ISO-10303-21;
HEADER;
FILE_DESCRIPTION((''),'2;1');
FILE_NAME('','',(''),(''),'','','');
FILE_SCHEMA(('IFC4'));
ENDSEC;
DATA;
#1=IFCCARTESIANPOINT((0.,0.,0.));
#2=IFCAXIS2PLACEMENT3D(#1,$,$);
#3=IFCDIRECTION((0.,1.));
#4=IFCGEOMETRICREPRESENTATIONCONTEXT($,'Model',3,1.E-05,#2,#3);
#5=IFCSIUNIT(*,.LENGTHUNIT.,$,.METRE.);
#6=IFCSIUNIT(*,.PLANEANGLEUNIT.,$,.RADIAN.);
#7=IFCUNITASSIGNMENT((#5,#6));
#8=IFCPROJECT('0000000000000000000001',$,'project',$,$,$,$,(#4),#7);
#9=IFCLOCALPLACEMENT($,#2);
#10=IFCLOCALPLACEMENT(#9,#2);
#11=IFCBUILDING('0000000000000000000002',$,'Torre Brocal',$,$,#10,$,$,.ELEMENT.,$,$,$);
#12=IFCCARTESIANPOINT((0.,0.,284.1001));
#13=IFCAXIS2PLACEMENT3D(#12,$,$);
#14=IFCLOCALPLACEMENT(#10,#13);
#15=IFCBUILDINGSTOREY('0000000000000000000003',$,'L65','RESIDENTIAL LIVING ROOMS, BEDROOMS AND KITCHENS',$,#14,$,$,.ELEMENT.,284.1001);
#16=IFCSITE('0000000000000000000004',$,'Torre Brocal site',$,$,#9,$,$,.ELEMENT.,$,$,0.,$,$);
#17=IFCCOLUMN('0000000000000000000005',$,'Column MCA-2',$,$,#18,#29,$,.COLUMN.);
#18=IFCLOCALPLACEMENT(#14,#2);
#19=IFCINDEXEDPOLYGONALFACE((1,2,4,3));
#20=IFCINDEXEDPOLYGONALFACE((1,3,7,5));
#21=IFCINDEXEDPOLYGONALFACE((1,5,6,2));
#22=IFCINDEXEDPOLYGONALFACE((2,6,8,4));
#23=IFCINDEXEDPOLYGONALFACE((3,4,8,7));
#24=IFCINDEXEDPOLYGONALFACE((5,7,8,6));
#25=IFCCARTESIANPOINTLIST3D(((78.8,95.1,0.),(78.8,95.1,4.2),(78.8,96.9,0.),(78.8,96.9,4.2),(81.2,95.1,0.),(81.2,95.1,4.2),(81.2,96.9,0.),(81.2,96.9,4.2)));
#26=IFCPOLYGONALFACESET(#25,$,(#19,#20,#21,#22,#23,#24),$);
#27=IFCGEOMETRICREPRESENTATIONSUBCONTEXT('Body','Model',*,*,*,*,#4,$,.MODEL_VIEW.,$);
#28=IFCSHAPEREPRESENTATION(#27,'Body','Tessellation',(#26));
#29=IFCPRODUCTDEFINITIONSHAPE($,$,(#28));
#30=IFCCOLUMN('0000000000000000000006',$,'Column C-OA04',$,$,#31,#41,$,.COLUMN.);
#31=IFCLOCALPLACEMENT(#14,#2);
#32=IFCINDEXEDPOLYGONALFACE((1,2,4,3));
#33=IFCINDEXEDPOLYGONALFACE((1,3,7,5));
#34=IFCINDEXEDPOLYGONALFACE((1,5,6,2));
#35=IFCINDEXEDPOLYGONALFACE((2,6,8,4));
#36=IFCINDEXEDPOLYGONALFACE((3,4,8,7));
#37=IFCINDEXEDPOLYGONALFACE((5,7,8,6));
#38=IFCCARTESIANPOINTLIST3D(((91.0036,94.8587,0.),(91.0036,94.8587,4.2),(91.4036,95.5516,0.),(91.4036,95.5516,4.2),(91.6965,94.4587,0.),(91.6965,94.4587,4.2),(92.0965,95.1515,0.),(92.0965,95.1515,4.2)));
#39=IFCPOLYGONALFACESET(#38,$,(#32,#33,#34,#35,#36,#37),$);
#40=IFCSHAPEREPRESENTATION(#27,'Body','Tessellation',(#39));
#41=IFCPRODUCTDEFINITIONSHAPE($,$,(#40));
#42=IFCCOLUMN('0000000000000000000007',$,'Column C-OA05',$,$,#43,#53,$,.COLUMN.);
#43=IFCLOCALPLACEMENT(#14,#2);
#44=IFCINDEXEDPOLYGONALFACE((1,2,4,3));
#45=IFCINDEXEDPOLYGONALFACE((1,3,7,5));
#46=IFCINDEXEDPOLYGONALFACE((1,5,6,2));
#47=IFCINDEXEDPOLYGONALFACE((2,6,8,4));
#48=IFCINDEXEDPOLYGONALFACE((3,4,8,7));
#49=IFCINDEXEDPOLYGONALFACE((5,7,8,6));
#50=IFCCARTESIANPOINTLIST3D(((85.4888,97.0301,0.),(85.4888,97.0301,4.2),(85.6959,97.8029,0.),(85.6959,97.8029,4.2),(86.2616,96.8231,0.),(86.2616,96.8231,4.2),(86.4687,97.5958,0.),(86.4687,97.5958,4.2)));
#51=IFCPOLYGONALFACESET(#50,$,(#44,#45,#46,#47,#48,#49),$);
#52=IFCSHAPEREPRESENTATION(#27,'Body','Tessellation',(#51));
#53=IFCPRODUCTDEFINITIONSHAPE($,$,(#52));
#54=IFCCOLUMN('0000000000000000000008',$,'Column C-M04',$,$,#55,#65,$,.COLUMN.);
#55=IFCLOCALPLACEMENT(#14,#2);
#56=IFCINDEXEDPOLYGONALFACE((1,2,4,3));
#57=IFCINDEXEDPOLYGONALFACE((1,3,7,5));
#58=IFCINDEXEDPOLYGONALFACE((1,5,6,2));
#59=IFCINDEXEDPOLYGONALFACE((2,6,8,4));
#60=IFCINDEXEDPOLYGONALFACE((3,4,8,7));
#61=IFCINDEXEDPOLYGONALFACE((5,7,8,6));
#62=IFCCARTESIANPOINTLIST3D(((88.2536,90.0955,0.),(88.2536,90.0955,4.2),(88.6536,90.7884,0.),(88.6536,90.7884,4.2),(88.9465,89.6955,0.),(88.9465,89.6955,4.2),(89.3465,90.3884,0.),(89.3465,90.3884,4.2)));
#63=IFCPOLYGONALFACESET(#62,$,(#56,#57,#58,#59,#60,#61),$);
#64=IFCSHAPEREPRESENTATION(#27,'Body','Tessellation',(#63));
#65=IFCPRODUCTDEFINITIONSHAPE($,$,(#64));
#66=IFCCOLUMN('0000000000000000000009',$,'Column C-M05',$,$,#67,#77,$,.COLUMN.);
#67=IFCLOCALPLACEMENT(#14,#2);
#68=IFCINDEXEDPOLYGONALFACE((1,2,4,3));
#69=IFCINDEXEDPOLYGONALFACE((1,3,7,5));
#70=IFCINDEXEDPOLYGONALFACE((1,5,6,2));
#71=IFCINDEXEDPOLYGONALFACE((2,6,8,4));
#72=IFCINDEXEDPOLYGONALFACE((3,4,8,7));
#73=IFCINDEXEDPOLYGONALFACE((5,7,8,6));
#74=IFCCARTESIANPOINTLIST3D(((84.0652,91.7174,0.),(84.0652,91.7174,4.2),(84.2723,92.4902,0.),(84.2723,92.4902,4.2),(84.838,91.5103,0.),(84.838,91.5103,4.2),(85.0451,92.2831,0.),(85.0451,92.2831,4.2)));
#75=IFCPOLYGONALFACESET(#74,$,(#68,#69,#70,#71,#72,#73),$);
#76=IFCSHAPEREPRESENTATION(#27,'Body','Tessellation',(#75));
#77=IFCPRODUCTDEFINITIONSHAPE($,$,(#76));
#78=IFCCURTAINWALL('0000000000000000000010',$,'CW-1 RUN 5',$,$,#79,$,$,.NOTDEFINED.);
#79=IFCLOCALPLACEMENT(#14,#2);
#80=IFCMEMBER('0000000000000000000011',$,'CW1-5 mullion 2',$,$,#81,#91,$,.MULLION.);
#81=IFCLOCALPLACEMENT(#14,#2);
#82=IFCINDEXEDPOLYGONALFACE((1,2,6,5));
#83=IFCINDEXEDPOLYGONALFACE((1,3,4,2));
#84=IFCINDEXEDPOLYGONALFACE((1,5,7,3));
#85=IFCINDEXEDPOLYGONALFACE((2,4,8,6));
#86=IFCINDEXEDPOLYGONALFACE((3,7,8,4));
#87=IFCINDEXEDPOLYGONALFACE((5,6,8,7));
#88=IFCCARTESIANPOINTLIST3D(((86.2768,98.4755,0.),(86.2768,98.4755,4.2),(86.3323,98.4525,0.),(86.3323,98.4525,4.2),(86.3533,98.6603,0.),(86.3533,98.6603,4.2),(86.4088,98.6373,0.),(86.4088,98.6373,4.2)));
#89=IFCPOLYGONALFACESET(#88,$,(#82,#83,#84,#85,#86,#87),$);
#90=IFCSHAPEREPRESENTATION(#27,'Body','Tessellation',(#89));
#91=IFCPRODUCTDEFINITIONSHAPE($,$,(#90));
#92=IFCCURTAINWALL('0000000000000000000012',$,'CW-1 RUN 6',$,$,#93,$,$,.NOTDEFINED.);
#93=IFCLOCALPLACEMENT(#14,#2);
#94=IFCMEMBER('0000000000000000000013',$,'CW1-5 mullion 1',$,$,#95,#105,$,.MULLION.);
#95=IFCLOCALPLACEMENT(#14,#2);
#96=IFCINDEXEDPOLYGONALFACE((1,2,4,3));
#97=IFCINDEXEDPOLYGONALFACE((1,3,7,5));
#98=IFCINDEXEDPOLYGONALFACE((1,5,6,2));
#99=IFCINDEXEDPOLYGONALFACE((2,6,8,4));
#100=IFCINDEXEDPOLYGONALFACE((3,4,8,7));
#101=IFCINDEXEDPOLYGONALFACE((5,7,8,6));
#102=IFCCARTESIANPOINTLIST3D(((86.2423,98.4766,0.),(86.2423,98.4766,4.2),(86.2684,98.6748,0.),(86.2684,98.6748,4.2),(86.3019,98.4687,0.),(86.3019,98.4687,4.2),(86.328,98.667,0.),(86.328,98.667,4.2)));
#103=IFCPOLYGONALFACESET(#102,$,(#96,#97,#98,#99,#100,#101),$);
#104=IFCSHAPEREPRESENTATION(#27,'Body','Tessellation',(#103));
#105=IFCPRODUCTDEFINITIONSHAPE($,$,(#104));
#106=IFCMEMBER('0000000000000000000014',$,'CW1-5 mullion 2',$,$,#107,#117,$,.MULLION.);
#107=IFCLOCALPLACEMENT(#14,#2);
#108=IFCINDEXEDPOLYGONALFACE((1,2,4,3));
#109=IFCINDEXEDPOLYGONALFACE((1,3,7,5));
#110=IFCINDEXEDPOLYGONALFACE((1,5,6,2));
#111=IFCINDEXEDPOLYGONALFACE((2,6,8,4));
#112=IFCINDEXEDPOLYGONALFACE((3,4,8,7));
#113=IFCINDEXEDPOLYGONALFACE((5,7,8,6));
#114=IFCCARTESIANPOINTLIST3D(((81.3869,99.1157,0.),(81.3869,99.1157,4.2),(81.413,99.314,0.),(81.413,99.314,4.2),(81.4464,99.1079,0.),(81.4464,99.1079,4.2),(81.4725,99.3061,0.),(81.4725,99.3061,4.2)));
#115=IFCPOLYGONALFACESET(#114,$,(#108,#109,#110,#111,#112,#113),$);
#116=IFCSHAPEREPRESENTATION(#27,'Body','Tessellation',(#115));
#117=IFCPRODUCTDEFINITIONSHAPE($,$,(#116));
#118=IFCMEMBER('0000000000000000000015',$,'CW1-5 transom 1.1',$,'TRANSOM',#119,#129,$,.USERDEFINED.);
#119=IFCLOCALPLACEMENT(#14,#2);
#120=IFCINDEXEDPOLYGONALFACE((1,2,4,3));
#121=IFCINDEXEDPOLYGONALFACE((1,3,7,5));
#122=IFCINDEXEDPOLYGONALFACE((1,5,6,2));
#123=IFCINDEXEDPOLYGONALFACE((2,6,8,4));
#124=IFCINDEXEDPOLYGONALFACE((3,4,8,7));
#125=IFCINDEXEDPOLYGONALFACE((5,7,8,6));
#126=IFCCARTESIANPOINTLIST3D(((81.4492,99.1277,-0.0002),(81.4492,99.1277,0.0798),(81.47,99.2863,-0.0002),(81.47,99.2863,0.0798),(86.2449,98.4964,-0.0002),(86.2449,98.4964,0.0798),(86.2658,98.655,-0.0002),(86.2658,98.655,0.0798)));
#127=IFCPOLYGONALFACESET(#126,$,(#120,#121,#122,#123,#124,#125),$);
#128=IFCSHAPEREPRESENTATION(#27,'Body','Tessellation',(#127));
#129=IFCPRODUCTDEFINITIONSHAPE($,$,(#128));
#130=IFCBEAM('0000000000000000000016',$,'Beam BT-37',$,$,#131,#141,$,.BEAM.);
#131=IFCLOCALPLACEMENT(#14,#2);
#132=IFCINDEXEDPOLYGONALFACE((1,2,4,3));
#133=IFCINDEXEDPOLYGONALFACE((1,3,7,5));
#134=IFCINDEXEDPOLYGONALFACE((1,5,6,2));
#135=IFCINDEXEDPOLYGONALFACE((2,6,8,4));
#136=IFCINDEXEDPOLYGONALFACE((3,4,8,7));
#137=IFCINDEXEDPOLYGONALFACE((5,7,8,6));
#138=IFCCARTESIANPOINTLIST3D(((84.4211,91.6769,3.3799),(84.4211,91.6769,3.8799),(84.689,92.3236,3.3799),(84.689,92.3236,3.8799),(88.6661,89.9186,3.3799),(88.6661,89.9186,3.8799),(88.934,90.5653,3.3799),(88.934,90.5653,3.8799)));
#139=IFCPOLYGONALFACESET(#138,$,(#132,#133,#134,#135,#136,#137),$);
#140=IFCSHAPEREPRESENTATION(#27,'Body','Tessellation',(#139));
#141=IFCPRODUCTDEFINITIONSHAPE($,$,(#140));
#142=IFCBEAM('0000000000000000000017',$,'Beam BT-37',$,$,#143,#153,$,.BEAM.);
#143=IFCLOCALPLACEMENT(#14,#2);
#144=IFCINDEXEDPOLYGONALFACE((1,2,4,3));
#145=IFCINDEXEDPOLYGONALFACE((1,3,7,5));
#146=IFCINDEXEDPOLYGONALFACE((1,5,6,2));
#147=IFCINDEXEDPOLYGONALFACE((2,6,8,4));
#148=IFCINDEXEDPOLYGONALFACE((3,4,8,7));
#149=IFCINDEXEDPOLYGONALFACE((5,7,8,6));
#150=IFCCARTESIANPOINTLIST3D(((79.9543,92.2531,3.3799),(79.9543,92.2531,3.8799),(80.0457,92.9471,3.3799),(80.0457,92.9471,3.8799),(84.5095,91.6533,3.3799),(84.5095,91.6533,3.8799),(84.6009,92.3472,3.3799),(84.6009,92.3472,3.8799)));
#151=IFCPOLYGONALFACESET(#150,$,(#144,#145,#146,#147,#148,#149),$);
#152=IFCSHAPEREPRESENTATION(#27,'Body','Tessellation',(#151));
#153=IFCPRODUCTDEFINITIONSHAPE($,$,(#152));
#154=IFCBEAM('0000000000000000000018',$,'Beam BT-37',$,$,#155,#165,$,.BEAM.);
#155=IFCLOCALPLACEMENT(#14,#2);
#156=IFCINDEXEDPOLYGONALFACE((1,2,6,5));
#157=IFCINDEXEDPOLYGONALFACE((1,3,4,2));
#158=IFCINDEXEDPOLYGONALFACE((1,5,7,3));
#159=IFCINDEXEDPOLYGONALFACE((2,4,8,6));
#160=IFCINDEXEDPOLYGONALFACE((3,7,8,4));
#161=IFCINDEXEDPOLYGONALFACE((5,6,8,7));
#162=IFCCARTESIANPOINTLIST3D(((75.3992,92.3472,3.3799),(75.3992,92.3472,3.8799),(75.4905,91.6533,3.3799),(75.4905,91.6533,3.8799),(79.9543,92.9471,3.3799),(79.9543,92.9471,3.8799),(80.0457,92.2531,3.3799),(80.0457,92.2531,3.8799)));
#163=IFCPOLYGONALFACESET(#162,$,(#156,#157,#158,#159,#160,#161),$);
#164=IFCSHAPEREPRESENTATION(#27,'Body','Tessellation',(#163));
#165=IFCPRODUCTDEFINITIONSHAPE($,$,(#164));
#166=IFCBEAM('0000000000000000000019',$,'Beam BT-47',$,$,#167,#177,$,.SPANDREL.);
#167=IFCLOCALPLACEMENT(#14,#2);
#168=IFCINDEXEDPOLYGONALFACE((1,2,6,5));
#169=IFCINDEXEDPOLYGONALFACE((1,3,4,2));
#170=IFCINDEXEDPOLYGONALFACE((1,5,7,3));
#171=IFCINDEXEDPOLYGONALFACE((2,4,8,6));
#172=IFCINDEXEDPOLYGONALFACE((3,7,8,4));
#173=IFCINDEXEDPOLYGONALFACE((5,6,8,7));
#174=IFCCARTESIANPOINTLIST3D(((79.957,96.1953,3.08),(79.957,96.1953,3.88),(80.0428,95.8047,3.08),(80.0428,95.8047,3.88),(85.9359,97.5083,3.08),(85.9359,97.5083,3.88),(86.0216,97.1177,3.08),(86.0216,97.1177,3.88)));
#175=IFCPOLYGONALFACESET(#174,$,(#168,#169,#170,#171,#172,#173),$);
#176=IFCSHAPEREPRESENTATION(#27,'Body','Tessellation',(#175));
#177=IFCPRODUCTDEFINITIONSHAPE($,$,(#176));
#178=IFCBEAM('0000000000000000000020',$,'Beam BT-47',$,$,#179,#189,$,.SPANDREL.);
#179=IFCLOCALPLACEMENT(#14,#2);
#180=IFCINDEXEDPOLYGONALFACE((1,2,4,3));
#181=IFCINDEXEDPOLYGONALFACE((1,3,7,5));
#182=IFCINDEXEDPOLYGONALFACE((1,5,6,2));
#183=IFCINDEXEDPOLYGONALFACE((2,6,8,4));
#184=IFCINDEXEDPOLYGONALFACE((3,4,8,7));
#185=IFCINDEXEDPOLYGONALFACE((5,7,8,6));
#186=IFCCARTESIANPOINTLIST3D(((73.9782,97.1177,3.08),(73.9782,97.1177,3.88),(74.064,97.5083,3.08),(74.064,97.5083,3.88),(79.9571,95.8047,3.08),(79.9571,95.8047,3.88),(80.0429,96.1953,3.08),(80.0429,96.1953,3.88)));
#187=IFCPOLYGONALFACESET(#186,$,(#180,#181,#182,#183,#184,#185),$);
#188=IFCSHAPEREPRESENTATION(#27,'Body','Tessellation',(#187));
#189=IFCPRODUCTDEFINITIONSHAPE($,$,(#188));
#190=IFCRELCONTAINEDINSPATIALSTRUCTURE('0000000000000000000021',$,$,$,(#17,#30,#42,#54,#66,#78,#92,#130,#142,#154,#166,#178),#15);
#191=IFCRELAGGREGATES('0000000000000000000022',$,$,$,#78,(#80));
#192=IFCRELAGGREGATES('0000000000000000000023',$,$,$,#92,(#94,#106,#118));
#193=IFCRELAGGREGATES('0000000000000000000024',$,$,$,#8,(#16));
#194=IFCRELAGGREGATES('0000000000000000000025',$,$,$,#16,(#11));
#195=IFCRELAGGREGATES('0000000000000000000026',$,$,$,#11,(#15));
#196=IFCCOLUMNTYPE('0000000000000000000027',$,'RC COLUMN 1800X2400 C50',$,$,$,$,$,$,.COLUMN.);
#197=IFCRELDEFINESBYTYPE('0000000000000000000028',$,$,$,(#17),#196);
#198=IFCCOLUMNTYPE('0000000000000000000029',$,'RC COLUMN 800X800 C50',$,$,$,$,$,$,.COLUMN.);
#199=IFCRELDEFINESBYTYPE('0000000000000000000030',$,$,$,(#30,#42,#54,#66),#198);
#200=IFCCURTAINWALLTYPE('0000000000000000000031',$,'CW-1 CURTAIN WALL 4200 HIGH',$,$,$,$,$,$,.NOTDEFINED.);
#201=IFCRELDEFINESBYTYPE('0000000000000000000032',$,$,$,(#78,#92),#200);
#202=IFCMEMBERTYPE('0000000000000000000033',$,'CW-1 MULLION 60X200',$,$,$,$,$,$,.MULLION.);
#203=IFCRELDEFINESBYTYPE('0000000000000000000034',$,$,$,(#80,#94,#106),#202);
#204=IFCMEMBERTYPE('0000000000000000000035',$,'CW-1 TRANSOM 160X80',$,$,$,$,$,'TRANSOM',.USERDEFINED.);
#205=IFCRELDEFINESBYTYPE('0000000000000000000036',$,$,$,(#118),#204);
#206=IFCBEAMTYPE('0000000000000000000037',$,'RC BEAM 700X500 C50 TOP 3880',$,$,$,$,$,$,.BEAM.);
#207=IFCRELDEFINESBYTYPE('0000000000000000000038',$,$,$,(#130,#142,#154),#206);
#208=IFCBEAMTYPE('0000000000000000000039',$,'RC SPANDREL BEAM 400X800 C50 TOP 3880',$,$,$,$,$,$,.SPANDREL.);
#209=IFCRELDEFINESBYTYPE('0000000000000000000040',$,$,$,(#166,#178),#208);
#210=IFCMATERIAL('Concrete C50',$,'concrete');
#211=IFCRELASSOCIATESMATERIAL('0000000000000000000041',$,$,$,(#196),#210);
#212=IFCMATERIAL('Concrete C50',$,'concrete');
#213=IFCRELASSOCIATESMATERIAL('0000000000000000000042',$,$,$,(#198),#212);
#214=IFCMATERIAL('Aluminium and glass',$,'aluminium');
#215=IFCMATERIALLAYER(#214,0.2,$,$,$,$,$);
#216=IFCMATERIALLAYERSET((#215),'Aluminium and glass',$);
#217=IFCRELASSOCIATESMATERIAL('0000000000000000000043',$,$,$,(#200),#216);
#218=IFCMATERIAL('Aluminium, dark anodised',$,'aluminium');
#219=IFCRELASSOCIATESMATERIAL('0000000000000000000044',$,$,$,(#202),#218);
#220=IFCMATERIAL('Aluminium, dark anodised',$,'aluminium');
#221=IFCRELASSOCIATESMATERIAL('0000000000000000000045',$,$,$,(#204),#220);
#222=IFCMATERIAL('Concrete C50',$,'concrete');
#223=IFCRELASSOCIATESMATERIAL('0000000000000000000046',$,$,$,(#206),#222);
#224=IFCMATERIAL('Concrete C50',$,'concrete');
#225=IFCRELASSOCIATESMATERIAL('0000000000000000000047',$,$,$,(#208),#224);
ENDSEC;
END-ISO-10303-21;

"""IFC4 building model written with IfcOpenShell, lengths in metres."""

from ifc_helpers import new_model, si_unit, direction, frame, origin, origin_2d, place, context, subcontext, project, spatial, rectangle, extrude, material, layer, layer_set, material_profile, profile_set, type_object, element, aggregate, save


model = new_model("IFC4")

# Units and contexts
model_context = context("Model", 3, precision=1e-05, world=origin(), true_north=direction((0.0, 1.0)))
body_context = subcontext(model_context, "Body", "Model", "MODEL_VIEW")
ifc_project = project(units=[si_unit("LENGTHUNIT", "METRE"), si_unit("PLANEANGLEUNIT", "RADIAN")], contexts=[model_context])

# Site, building, storey
site_placement = place(None, origin())
site = spatial("IfcSite", under=ifc_project, at=site_placement, Name="Torre Brocal site", CompositionType="ELEMENT", RefElevation=0.0)
building_placement = place(site_placement, origin())
building = spatial("IfcBuilding", under=site, at=building_placement, Name="Torre Brocal", CompositionType="ELEMENT")
storey_placement = place(building_placement, frame((0.0, 0.0, 284.1001)))
storey = spatial("IfcBuildingStorey", under=building, at=storey_placement, Name="L65", Description="RESIDENTIAL LIVING ROOMS, BEDROOMS AND KITCHENS", CompositionType="ELEMENT", Elevation=284.1001)

# Columns
ifc_material_1 = material(Name="Concrete C50", Category="concrete")
ifc_material_profile_1 = material_profile(ifc_material_1, rectangle(XDim=1.8, YDim=2.3999, at=origin_2d()), Name="RC 1800X2400")
ifc_profile_set_1 = profile_set([ifc_material_profile_1], Name="Concrete C50")
column_type_1 = type_object("IfcColumnType", Name="RC COLUMN 1800X2400 C50", PredefinedType="COLUMN", material=ifc_profile_set_1)
column_placement = place(storey_placement, frame((80.0, 96.0, 0.0), z_axis=(0.0, 0.0, 1.0), x_axis=(0.0, 1.0, 0.0)))
element("IfcColumn", 1, at=column_placement, inside=storey, type_object=column_type_1, Name="Column MCA-2", PredefinedType="COLUMN", context=body_context, shape_type="SweptSolid", body=[
    extrude(rectangle(XDim=1.8, YDim=2.3999, at=origin_2d()), origin(), (0.0, 0.0, 1.0), 4.2),
])
ifc_material_2 = material(Name="Concrete C50", Category="concrete")
ifc_material_profile_2 = material_profile(ifc_material_2, rectangle(XDim=0.8, YDim=0.8, at=origin_2d()), Name="RC 800X800")
ifc_profile_set_2 = profile_set([ifc_material_profile_2], Name="Concrete C50")
column_type_2 = type_object("IfcColumnType", Name="RC COLUMN 800X800 C50", PredefinedType="COLUMN", material=ifc_profile_set_2)
for number, where, z_axis, x_axis, name in (
    (2, (91.55, 95.0051, 0.0), (0.0, 0.0, 1.0), (0.5, 0.866025, 0.0), "Column C-OA04"),
    (3, (85.9788, 97.313, 0.0), (0.0, 0.0, 1.0), (0.258819, 0.965926, 0.0), "Column C-OA05"),
    (4, (88.8, 90.2419, 0.0), (0.0, 0.0, 1.0), (0.5, 0.866025, 0.0), "Column C-M04"),
    (5, (84.5552, 92.0002, 0.0), (0.0, 0.0, 1.0), (0.258819, 0.965926, 0.0), "Column C-M05"),
):
    element("IfcColumn", number, at=place(storey_placement, frame(where, z_axis=z_axis, x_axis=x_axis)), inside=storey, type_object=column_type_2, Name=name, PredefinedType="COLUMN", context=body_context, shape_type="SweptSolid", body=[
        extrude(rectangle(XDim=0.8, YDim=0.8, at=origin_2d()), origin(), (0.0, 0.0, 1.0), 4.2),
    ])

# Curtain wall, member
ifc_material_3 = material(Name="Aluminium and glass", Category="aluminium")
ifc_layer_1 = layer(ifc_material_3, 0.2)
ifc_layer_set_1 = layer_set([ifc_layer_1], Name="Aluminium and glass")
curtain_wall_type = type_object("IfcCurtainWallType", Name="CW-1 CURTAIN WALL 4200 HIGH", PredefinedType="NOTDEFINED", material=ifc_layer_set_1)
curtain_wall_1_placement = place(storey_placement, origin())
curtain_wall_1 = element("IfcCurtainWall", 6, at=curtain_wall_1_placement, inside=storey, type_object=curtain_wall_type, Name="CW-1 RUN 5", PredefinedType="NOTDEFINED")
ifc_material_4 = material(Name="Aluminium, dark anodised", Category="aluminium")
ifc_material_profile_3 = material_profile(ifc_material_4, rectangle(XDim=0.2, YDim=0.0601, at=origin_2d()), Name="CW-1 MULLION 60X200")
ifc_profile_set_3 = profile_set([ifc_material_profile_3], Name="Aluminium, dark anodised")
member_type_1 = type_object("IfcMemberType", Name="CW-1 MULLION 60X200", PredefinedType="MULLION", material=ifc_profile_set_3)
member_1_placement = place(storey_placement, frame((86.3428, 98.5564, 0.0), z_axis=(0.0, 0.0, 1.0), x_axis=(-0.382683, -0.92388, 0.0)))
member_1 = element("IfcMember", 7, at=member_1_placement, type_object=member_type_1, Name="CW1-5 mullion 2", PredefinedType="MULLION", context=body_context, shape_type="SweptSolid", body=[
    extrude(rectangle(XDim=0.2, YDim=0.0601, at=origin_2d()), origin(), (0.0, 0.0, 1.0), 4.2),
])

# Curtain wall, members
curtain_wall_2_placement = place(storey_placement, origin())
curtain_wall_2 = element("IfcCurtainWall", 8, at=curtain_wall_2_placement, inside=storey, type_object=curtain_wall_type, Name="CW-1 RUN 6", PredefinedType="NOTDEFINED")
member_2_placement = place(storey_placement, frame((86.2852, 98.5718, 0.0), z_axis=(0.0, 0.0, 1.0), x_axis=(-0.130526, -0.991445, 0.0)))
member_2 = element("IfcMember", 9, at=member_2_placement, type_object=member_type_1, Name="CW1-5 mullion 1", PredefinedType="MULLION", context=body_context, shape_type="SweptSolid", body=[
    extrude(rectangle(XDim=0.2, YDim=0.0601, at=origin_2d()), origin(), (0.0, 0.0, 1.0), 4.2),
])
member_3_placement = place(storey_placement, frame((81.4297, 99.2109, 0.0), z_axis=(0.0, 0.0, 1.0), x_axis=(-0.130526, -0.991445, 0.0)))
member_3 = element("IfcMember", 10, at=member_3_placement, type_object=member_type_1, Name="CW1-5 mullion 2", PredefinedType="MULLION", context=body_context, shape_type="SweptSolid", body=[
    extrude(rectangle(XDim=0.2, YDim=0.0601, at=origin_2d()), origin(), (0.0, 0.0, 1.0), 4.2),
])
ifc_material_5 = material(Name="Aluminium, dark anodised", Category="aluminium")
ifc_material_profile_4 = material_profile(ifc_material_5, rectangle(XDim=0.1599, YDim=0.0801, at=origin_2d()), Name="CW-1 TRANSOM 160X80")
ifc_profile_set_4 = profile_set([ifc_material_profile_4], Name="Aluminium, dark anodised")
member_type_2 = type_object("IfcMemberType", Name="CW-1 TRANSOM 160X80", ElementType="TRANSOM", PredefinedType="USERDEFINED", material=ifc_profile_set_4)
member_4_placement = place(storey_placement, frame((86.2554, 98.5757, 0.0398), z_axis=(-0.991446, 0.130517, 0.0), x_axis=(-0.130517, -0.991446, 0.0)))
member_4 = element("IfcMember", 11, at=member_4_placement, type_object=member_type_2, Name="CW1-5 transom 1.1", ObjectType="TRANSOM", PredefinedType="USERDEFINED", context=body_context, shape_type="SweptSolid", body=[
    extrude(rectangle(XDim=0.1599, YDim=0.0801, at=origin_2d()), origin(), (0.0, 0.0, 1.0), 4.8372),
])

# Beams
ifc_material_6 = material(Name="Concrete C50", Category="concrete")
ifc_material_profile_5 = material_profile(ifc_material_6, rectangle(XDim=0.7, YDim=0.5, at=origin_2d()), Name="RC 700X500")
ifc_profile_set_5 = profile_set([ifc_material_profile_5], Name="Concrete C50")
beam_type_1 = type_object("IfcBeamType", Name="RC BEAM 700X500 C50 TOP 3880", PredefinedType="BEAM", material=ifc_profile_set_5)
beam_placement = place(storey_placement, frame((88.8, 90.2419, 3.6299), z_axis=(-0.923878, 0.382687, 0.0), x_axis=(-0.382687, -0.923878, 0.0)))
element("IfcBeam", 12, at=beam_placement, inside=storey, type_object=beam_type_1, Name="Beam BT-37", PredefinedType="BEAM", context=body_context, shape_type="SweptSolid", body=[
    extrude(rectangle(XDim=0.7, YDim=0.5, at=origin_2d()), origin(), (0.0, 0.0, 1.0), 4.5947),
])
for number, where, z_axis, x_axis, name in (
    (13, (84.5552, 92.0002, 3.6299), (-0.991441, 0.130559, 0.0), (-0.130559, -0.991441, 0.0), "Beam BT-37"),
    (14, (80.0, 92.6001, 3.6299), (-0.991441, -0.130559, 0.0), (0.130559, -0.991441, 0.0), "Beam BT-37"),
):
    element("IfcBeam", number, at=place(storey_placement, frame(where, z_axis=z_axis, x_axis=x_axis)), inside=storey, type_object=beam_type_1, Name=name, PredefinedType="BEAM", context=body_context, shape_type="SweptSolid", body=[
        extrude(rectangle(XDim=0.7, YDim=0.5, at=origin_2d()), origin(), (0.0, 0.0, 1.0), 4.5945),
    ])
ifc_material_7 = material(Name="Concrete C50", Category="concrete")
ifc_material_profile_6 = material_profile(ifc_material_7, rectangle(XDim=0.3999, YDim=0.8, at=origin_2d()), Name="RC 400X800")
ifc_profile_set_6 = profile_set([ifc_material_profile_6], Name="Concrete C50")
beam_type_2 = type_object("IfcBeamType", Name="RC SPANDREL BEAM 400X800 C50 TOP 3880", PredefinedType="SPANDREL", material=ifc_profile_set_6)
for number, where, z_axis, x_axis, name in (
    (15, (85.9788, 97.313, 3.48), (-0.976725, -0.214497, 0.0), (0.214497, -0.976725, 0.0), "Beam BT-47"),
    (16, (80.0, 96.0, 3.48), (-0.976725, 0.214497, 0.0), (-0.214497, -0.976725, 0.0), "Beam BT-47"),
):
    element("IfcBeam", number, at=place(storey_placement, frame(where, z_axis=z_axis, x_axis=x_axis)), inside=storey, type_object=beam_type_2, Name=name, PredefinedType="SPANDREL", context=body_context, shape_type="SweptSolid", body=[
        extrude(rectangle(XDim=0.3999, YDim=0.8, at=origin_2d()), origin(), (0.0, 0.0, 1.0), 6.1213),
    ])

aggregate(curtain_wall_1, [member_1])
aggregate(curtain_wall_2, [member_2, member_3, member_4])

save(model, "model.ifc")
